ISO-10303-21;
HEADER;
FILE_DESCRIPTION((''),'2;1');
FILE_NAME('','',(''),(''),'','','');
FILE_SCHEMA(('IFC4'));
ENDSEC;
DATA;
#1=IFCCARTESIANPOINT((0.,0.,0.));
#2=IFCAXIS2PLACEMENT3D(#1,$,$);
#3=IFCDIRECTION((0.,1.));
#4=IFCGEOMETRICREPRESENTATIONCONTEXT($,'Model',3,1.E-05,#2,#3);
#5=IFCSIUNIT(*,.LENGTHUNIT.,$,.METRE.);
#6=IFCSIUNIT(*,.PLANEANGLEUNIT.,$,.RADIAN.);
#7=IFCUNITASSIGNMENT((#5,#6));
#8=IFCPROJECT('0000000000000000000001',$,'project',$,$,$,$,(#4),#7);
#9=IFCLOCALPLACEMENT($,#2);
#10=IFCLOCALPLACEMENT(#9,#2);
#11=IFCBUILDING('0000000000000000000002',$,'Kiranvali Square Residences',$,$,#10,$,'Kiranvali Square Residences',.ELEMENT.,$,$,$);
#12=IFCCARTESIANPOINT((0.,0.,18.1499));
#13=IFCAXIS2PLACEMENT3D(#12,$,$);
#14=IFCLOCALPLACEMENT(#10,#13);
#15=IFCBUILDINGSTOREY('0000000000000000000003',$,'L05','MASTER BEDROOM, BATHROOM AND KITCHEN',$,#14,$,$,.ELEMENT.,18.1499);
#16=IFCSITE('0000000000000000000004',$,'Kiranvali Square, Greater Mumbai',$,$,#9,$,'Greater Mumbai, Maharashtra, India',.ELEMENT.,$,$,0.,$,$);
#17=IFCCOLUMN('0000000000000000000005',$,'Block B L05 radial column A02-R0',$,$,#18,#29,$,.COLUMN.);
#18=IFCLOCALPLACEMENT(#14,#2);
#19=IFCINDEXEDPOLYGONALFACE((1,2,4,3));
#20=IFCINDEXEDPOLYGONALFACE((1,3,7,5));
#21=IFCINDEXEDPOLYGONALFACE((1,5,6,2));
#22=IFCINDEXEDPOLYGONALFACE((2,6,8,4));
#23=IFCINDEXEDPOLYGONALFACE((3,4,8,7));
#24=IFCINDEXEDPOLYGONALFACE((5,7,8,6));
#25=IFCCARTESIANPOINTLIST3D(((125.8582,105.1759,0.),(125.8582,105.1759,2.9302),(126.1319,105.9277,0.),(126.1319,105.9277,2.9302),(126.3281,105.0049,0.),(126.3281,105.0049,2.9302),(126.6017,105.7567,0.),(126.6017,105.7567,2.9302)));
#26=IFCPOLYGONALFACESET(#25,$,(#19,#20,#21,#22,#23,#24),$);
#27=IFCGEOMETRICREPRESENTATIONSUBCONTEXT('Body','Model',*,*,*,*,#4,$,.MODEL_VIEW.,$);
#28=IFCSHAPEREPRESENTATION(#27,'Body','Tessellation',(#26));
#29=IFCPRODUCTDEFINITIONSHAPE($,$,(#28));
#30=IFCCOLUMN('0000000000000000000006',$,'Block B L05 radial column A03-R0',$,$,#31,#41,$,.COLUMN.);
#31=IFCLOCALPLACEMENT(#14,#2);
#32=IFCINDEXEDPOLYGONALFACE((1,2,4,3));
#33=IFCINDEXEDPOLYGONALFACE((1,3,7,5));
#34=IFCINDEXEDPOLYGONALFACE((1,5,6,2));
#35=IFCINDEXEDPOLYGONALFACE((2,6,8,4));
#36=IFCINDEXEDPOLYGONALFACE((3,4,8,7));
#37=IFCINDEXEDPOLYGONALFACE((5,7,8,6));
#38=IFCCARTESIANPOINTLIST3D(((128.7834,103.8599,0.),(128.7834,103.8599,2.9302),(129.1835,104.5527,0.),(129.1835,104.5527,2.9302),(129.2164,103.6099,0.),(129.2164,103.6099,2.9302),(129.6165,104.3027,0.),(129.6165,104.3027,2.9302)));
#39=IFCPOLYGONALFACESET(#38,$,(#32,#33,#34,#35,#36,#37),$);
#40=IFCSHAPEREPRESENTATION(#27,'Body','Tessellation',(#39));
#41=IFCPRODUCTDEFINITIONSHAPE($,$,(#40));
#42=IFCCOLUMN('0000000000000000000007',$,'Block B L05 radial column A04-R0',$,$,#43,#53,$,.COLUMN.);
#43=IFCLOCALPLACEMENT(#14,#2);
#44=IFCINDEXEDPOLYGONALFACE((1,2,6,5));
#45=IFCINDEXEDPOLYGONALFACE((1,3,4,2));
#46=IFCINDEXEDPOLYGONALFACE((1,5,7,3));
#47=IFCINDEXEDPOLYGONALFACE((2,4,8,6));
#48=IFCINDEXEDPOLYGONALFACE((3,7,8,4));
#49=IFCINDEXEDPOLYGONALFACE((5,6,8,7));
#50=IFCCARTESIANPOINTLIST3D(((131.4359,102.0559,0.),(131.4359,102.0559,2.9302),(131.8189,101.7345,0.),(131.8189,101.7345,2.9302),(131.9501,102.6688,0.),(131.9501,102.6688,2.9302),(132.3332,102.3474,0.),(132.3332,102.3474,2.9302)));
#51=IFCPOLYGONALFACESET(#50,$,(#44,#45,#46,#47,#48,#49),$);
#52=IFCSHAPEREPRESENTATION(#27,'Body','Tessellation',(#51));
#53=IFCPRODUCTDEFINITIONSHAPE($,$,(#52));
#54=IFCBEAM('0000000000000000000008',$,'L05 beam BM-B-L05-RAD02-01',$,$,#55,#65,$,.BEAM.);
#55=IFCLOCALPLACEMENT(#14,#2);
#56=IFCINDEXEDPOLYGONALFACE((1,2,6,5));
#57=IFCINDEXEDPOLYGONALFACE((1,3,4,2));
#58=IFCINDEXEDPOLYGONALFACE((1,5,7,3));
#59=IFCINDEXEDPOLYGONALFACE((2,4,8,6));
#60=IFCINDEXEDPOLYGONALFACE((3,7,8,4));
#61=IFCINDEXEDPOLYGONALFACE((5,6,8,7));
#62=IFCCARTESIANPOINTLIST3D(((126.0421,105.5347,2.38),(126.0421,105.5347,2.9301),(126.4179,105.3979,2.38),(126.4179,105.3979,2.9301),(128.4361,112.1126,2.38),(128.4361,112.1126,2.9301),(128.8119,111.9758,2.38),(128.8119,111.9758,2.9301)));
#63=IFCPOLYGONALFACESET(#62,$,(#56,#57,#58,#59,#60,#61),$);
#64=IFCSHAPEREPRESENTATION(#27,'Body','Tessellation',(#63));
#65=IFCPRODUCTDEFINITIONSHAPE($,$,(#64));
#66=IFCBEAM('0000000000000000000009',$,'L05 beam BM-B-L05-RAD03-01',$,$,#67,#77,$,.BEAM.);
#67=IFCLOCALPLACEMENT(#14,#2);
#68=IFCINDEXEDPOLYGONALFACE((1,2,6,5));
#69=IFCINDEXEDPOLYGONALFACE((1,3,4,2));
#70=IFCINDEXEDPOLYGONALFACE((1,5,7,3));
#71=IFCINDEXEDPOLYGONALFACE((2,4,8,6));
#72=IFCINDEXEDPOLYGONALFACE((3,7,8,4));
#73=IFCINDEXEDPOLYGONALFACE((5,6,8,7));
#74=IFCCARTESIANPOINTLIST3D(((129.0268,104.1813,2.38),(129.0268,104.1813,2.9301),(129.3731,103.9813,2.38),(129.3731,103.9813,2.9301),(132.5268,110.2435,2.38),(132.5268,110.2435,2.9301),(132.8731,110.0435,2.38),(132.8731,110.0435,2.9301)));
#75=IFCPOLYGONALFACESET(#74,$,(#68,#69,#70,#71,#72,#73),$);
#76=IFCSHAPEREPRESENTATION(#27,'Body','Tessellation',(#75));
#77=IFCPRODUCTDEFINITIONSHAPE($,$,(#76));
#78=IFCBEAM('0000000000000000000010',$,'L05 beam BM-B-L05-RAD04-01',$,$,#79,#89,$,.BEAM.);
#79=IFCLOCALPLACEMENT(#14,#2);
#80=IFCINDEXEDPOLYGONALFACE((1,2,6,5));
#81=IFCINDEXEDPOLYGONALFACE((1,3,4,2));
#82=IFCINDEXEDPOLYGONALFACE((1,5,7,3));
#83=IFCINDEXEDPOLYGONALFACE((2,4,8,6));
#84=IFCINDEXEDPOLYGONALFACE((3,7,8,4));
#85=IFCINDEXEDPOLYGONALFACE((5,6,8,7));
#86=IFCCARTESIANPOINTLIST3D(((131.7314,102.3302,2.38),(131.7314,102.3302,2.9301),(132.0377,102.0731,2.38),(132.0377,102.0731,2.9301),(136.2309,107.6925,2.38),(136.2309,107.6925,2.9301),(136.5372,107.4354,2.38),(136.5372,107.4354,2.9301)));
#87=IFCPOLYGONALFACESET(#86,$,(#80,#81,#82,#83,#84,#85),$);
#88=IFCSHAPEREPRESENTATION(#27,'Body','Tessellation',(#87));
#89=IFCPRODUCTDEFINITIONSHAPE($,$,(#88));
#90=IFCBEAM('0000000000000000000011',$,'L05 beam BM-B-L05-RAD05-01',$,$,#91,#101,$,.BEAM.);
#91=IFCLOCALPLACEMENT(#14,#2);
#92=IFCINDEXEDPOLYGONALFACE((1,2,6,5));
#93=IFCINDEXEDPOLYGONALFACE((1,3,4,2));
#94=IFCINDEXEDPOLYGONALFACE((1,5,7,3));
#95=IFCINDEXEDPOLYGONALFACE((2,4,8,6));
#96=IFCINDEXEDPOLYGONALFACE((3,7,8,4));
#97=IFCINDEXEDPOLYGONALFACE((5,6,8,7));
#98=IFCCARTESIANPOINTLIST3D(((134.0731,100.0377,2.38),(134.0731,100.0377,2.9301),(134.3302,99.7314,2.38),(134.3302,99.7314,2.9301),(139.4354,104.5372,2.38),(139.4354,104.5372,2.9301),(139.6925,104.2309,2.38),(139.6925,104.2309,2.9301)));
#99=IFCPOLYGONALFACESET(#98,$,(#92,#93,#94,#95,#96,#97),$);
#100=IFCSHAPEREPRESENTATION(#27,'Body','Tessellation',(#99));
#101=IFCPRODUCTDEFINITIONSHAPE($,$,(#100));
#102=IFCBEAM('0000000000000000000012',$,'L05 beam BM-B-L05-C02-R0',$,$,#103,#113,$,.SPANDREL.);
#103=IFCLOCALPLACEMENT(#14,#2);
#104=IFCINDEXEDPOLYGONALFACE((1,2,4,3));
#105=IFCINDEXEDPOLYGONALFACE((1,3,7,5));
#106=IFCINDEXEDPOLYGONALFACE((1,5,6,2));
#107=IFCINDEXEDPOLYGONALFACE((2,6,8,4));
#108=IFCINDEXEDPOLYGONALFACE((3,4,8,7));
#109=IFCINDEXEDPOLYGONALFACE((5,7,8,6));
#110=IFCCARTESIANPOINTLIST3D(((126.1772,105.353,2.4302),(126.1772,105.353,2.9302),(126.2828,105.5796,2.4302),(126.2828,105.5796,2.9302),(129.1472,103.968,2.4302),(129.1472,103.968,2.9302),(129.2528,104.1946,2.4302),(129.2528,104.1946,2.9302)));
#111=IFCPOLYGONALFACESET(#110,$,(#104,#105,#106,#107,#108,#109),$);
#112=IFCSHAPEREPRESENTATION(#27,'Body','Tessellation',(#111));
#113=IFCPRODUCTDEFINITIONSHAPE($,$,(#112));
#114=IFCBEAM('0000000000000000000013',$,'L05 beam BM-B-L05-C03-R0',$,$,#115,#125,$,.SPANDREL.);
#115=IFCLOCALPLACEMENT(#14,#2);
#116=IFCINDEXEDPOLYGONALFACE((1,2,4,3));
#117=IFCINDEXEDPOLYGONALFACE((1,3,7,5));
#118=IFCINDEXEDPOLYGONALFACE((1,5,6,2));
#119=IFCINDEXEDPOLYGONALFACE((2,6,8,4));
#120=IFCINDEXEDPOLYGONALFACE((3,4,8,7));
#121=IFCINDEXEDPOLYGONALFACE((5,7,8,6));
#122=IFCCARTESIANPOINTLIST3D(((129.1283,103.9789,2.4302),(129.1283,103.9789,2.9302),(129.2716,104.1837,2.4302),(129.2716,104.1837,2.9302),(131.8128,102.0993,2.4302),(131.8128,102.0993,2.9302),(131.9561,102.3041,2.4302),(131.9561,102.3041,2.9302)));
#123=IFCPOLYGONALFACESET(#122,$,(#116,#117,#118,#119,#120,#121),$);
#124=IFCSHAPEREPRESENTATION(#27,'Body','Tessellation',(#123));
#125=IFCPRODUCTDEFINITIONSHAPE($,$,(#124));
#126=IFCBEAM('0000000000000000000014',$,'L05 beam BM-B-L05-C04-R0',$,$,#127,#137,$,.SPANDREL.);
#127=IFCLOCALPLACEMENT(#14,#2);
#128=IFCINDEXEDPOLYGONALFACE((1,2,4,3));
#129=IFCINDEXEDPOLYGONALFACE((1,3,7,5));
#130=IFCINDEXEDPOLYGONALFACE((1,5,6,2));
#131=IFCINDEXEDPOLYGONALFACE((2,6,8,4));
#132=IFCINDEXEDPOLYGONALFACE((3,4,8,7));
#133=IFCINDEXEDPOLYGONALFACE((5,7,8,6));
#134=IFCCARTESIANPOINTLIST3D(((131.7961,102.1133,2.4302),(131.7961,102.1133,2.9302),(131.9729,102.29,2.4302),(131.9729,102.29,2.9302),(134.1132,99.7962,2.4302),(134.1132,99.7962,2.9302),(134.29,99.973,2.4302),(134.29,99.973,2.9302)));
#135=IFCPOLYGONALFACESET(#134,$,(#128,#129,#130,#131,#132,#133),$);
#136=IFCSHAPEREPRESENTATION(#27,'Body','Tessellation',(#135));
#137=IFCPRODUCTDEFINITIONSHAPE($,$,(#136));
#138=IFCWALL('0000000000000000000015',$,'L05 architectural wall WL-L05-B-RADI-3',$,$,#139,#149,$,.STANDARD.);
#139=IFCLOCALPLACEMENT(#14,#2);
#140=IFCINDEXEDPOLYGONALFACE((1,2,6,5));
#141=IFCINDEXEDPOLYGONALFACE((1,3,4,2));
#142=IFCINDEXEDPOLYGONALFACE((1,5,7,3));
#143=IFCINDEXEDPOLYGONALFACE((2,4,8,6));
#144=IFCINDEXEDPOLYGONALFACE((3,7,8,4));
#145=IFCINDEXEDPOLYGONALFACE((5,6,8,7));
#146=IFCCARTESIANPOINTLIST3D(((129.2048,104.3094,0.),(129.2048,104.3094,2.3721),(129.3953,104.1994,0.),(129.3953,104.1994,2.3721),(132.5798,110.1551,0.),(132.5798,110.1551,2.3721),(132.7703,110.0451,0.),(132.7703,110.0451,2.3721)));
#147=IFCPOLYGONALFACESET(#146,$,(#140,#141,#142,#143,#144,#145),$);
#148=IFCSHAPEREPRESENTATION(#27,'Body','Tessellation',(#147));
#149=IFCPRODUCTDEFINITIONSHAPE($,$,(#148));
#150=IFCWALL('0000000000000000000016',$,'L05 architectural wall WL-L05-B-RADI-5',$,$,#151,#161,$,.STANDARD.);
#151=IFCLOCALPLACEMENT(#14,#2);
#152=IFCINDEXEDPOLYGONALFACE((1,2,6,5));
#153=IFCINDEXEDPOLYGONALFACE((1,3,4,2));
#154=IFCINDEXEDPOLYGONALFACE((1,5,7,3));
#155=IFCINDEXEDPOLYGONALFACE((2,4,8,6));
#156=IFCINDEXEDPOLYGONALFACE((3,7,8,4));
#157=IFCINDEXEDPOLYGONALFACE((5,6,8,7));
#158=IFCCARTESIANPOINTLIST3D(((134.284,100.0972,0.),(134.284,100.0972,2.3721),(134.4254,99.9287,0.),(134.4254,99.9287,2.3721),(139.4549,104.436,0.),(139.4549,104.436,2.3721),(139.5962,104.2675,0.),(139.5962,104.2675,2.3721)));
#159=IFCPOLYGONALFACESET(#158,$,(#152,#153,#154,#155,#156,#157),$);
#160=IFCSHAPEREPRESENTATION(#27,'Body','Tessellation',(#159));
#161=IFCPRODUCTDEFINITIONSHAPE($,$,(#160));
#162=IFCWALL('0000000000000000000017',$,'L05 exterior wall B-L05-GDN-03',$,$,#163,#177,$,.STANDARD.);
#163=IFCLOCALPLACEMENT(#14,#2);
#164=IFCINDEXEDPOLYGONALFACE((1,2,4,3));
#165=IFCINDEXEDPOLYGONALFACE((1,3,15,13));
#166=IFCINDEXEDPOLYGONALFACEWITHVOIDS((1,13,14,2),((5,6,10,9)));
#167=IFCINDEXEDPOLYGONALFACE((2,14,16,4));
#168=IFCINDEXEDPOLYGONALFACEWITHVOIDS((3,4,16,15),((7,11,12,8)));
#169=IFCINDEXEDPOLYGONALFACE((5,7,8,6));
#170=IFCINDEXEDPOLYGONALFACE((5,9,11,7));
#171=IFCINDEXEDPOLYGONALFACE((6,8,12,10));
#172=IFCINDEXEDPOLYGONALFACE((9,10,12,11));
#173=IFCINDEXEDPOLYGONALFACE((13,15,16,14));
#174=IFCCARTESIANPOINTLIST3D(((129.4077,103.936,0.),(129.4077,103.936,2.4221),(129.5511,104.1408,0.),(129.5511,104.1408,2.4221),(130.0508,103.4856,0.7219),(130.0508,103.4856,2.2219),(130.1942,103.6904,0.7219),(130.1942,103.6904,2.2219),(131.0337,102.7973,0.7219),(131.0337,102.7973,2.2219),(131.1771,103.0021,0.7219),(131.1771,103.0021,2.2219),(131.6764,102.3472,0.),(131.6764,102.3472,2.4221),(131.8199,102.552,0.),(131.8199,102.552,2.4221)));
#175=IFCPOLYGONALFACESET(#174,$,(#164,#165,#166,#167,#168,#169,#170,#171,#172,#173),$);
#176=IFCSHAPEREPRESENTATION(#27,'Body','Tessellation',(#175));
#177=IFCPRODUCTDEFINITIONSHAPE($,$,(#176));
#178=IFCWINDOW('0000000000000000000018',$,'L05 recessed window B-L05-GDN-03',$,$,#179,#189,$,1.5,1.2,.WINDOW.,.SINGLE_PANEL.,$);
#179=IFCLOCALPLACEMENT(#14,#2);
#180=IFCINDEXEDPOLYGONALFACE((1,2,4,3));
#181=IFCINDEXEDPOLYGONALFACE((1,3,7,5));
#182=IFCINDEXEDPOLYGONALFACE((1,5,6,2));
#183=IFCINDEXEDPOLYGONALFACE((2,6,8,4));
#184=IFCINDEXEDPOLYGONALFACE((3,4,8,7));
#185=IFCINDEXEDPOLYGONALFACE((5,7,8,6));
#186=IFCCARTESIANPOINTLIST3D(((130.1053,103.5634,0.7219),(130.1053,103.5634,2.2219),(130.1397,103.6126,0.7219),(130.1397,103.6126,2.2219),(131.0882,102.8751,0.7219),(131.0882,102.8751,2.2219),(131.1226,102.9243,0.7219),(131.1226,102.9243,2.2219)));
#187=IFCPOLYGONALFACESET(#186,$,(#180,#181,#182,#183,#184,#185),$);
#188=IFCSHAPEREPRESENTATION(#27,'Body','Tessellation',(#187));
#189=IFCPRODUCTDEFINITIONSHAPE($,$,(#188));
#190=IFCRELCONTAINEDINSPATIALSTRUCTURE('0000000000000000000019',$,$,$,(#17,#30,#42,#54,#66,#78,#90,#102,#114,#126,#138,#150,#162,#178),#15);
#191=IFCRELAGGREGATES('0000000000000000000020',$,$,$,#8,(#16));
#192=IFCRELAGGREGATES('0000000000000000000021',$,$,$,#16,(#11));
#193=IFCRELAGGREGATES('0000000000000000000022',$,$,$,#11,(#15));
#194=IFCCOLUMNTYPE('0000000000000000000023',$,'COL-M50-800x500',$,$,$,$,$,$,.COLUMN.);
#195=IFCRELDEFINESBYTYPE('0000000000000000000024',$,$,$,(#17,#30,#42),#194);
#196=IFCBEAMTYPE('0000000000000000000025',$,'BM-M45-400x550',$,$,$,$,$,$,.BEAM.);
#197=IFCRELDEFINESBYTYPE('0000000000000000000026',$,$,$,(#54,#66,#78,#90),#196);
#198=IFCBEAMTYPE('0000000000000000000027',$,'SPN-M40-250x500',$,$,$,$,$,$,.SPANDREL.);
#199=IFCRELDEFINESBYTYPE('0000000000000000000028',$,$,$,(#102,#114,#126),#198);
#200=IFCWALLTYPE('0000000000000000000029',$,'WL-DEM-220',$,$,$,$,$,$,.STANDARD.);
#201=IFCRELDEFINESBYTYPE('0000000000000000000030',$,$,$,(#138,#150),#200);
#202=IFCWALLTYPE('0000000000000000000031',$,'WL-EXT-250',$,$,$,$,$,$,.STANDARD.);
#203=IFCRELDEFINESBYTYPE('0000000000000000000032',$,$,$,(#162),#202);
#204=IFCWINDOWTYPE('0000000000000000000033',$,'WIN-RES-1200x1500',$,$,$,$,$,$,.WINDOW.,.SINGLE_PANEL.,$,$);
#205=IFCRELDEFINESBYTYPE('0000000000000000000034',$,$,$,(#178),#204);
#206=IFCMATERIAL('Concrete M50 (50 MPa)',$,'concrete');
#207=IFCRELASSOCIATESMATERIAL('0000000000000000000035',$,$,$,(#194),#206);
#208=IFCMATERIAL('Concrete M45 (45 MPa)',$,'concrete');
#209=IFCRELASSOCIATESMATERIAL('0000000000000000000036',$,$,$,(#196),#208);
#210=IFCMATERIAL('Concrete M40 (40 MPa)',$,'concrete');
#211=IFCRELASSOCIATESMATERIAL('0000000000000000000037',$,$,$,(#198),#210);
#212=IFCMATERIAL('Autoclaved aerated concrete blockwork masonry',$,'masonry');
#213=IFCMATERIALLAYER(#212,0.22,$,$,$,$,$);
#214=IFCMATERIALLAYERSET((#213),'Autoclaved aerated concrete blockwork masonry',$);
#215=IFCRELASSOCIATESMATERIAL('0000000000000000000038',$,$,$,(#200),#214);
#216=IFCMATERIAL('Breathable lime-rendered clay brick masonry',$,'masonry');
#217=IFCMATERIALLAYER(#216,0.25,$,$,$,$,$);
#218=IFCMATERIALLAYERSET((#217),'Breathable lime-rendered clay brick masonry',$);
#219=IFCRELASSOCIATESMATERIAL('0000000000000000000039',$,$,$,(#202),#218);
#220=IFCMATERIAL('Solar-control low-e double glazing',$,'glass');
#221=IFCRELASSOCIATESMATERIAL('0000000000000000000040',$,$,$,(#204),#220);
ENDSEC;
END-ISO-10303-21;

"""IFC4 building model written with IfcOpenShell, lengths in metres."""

from ifc_helpers import new_model, si_unit, direction, frame, frame_2d, origin, origin_2d, place, context, subcontext, project, spatial, rectangle, extrude, material, layer, layer_set, material_profile, profile_set, type_object, element, fill, save


model = new_model("IFC4")

# Units and contexts
model_context = context("Model", 3, precision=1e-05, world=origin(), true_north=direction((0.0, 1.0)))
body_context = subcontext(model_context, "Body", "Model", "MODEL_VIEW")
ifc_project = project(units=[si_unit("LENGTHUNIT", "METRE"), si_unit("PLANEANGLEUNIT", "RADIAN")], contexts=[model_context])

# Site, building, storey
site_placement = place(None, origin())
site = spatial("IfcSite", under=ifc_project, at=site_placement, Name="Kiranvali Square, Greater Mumbai", LongName="Greater Mumbai, Maharashtra, India", CompositionType="ELEMENT", RefElevation=0.0)
building_placement = place(site_placement, origin())
building = spatial("IfcBuilding", under=site, at=building_placement, Name="Kiranvali Square Residences", LongName="Kiranvali Square Residences", CompositionType="ELEMENT")
storey_placement = place(building_placement, frame((0.0, 0.0, 18.1499)))
storey = spatial("IfcBuildingStorey", under=building, at=storey_placement, Name="L05", Description="MASTER BEDROOM, BATHROOM AND KITCHEN", CompositionType="ELEMENT", Elevation=18.1499)

# Columns
ifc_material_1 = material(Name="Concrete M50 (50 MPa)", Category="concrete")
ifc_material_profile_1 = material_profile(ifc_material_1, rectangle(XDim=0.5, YDim=0.8, at=origin_2d()), Name="RC 800x500")
ifc_profile_set_1 = profile_set([ifc_material_profile_1], Name="Concrete M50 (50 MPa)")
column_type = type_object("IfcColumnType", Name="COL-M50-800x500", PredefinedType="COLUMN", material=ifc_profile_set_1)
for number, where, z_axis, x_axis, name in (
    (1, (126.23, 105.4663, 0.0), (0.0, 0.0, 1.0), (-0.939693, 0.34202, 0.0), "Block B L05 radial column A02-R0"),
    (2, (129.2, 104.0813, 0.0), (0.0, 0.0, 1.0), (-0.866025, 0.5, 0.0), "Block B L05 radial column A03-R0"),
    (3, (131.8845, 102.2017, 0.0), (0.0, 0.0, 1.0), (-0.766044, 0.642788, 0.0), "Block B L05 radial column A04-R0"),
):
    element("IfcColumn", number, at=place(storey_placement, frame(where, z_axis=z_axis, x_axis=x_axis)), inside=storey, type_object=column_type, Name=name, PredefinedType="COLUMN", context=body_context, shape_type="SweptSolid", body=[
        extrude(rectangle(XDim=0.5, YDim=0.8, at=origin_2d()), origin(), (0.0, 0.0, 1.0), 2.9302),
    ])

# Beams
ifc_material_2 = material(Name="Concrete M45 (45 MPa)", Category="concrete")
ifc_material_profile_2 = material_profile(ifc_material_2, rectangle(XDim=0.3999, YDim=0.55, at=origin_2d()), Name="RC 400x550")
ifc_profile_set_2 = profile_set([ifc_material_profile_2], Name="Concrete M45 (45 MPa)")
beam_type_1 = type_object("IfcBeamType", Name="BM-M45-400x550", PredefinedType="BEAM", material=ifc_profile_set_2)
for number, where, z_axis, x_axis, name in (
    (4, (126.23, 105.4663, 2.655), (0.342006, 0.939698, 0.0), (-0.939698, 0.342006, 0.0), "L05 beam BM-B-L05-RAD02-01"),
    (5, (129.2, 104.0813, 2.655), (0.499995, 0.866028, 0.0), (-0.866028, 0.499995, 0.0), "L05 beam BM-B-L05-RAD03-01"),
    (6, (131.8845, 102.2017, 2.655), (0.642788, 0.766044, 0.0), (-0.766044, 0.642788, 0.0), "L05 beam BM-B-L05-RAD04-01"),
    (7, (134.2017, 99.8845, 2.655), (0.766044, 0.642788, 0.0), (-0.642788, 0.766044, 0.0), "L05 beam BM-B-L05-RAD05-01"),
):
    element("IfcBeam", number, at=place(storey_placement, frame(where, z_axis=z_axis, x_axis=x_axis)), inside=storey, type_object=beam_type_1, Name=name, PredefinedType="BEAM", context=body_context, shape_type="SweptSolid", body=[
        extrude(rectangle(XDim=0.3999, YDim=0.55, at=origin_2d()), origin(), (0.0, 0.0, 1.0), 7.0),
    ])
ifc_material_3 = material(Name="Concrete M40 (40 MPa)", Category="concrete")
ifc_material_profile_3 = material_profile(ifc_material_3, rectangle(XDim=0.25, YDim=0.5, at=origin_2d()), Name="RC 250x500")
ifc_profile_set_3 = profile_set([ifc_material_profile_3], Name="Concrete M40 (40 MPa)")
beam_type_2 = type_object("IfcBeamType", Name="SPN-M40-250x500", PredefinedType="SPANDREL", material=ifc_profile_set_3)
for number, where, z_axis, x_axis, name in (
    (8, (126.23, 105.4663, 2.6802), (0.906297, -0.422641, 0.0), (0.422641, 0.906297, 0.0), "L05 beam BM-B-L05-C02-R0"),
    (9, (129.2, 104.0813, 2.6802), (0.819169, -0.573552, 0.0), (0.573552, 0.819169, 0.0), "L05 beam BM-B-L05-C03-R0"),
):
    element("IfcBeam", number, at=place(storey_placement, frame(where, z_axis=z_axis, x_axis=x_axis)), inside=storey, type_object=beam_type_2, Name=name, PredefinedType="SPANDREL", context=body_context, shape_type="SweptSolid", body=[
        extrude(rectangle(XDim=0.25, YDim=0.5, at=origin_2d()), origin(), (0.0, 0.0, 1.0), 3.2771),
    ])
beam_placement = place(storey_placement, frame((131.8845, 102.2017, 2.6802), z_axis=(0.707107, -0.707107, 0.0), x_axis=(0.707107, 0.707107, 0.0)))
element("IfcBeam", 10, at=beam_placement, inside=storey, type_object=beam_type_2, Name="L05 beam BM-B-L05-C04-R0", PredefinedType="SPANDREL", context=body_context, shape_type="SweptSolid", body=[
    extrude(rectangle(XDim=0.25, YDim=0.5, at=origin_2d()), origin(), (0.0, 0.0, 1.0), 3.2769),
])

# Walls
ifc_material_4 = material(Name="Autoclaved aerated concrete blockwork masonry", Category="masonry")
ifc_layer_1 = layer(ifc_material_4, 0.22)
ifc_layer_set_1 = layer_set([ifc_layer_1], Name="Autoclaved aerated concrete blockwork masonry")
wall_type_1 = type_object("IfcWallType", Name="WL-DEM-220", PredefinedType="STANDARD", material=ifc_layer_set_1)
for number, where, z_axis, x_axis, name in (
    (11, (129.3, 104.2544, 0.0), (0.0, 0.0, 1.0), (0.499998, 0.866027, 0.0), "L05 architectural wall WL-L05-B-RADI-3"),
    (12, (134.3547, 100.0129, 0.0), (0.0, 0.0, 1.0), (0.766047, 0.642785, 0.0), "L05 architectural wall WL-L05-B-RADI-5"),
):
    element("IfcWall", number, at=place(storey_placement, frame(where, z_axis=z_axis, x_axis=x_axis)), inside=storey, type_object=wall_type_1, Name=name, PredefinedType="STANDARD", context=body_context, shape_type="SweptSolid", body=[
        extrude(rectangle(XDim=6.75, YDim=0.22, at=frame_2d((3.375, 0.0))), origin(), (0.0, 0.0, 1.0), 2.3721),
    ])

# Shared definitions
ifc_material_5 = material(Name="Breathable lime-rendered clay brick masonry", Category="masonry")
ifc_layer_2 = layer(ifc_material_5, 0.25)
ifc_layer_set_2 = layer_set([ifc_layer_2], Name="Breathable lime-rendered clay brick masonry")
wall_type_2 = type_object("IfcWallType", Name="WL-EXT-250", PredefinedType="STANDARD", material=ifc_layer_set_2)

# Wall, opening, window
wall_1_placement = place(storey_placement, frame((129.4795, 104.0383, 0.0), z_axis=(0.0, 0.0, 1.0), x_axis=(0.819112, -0.573634, 0.0)))
wall_1 = element("IfcWall", 13, at=wall_1_placement, inside=storey, type_object=wall_type_2, Name="L05 exterior wall B-L05-GDN-03", PredefinedType="STANDARD", context=body_context, shape_type="SweptSolid", body=[
    extrude(rectangle(XDim=2.7698, YDim=0.25, at=frame_2d((1.3848, 0.0))), origin(), (0.0, 0.0, 1.0), 2.4221),
])
opening_1_placement = place(wall_1_placement, frame((0.7849, 0.0, 0.7219)))
opening_1 = element("IfcOpeningElement", 14, at=opening_1_placement, cuts=wall_1, PredefinedType="OPENING", context=body_context, shape_type="SweptSolid", body=[
    extrude(rectangle(XDim=1.2, YDim=1.5, at=frame_2d((0.6001, 0.75))), frame((0.0, 0.135, 0.0), z_axis=(0.0, -1.0, 0.0), x_axis=(1.0, 0.0, 0.0)), (0.0, 0.0, 1.0), 0.27),
])
ifc_material_6 = material(Name="Solar-control low-e double glazing", Category="glass")
window_type_1 = type_object("IfcWindowType", Name="WIN-RES-1200x1500", PartitioningType="SINGLE_PANEL", PredefinedType="WINDOW", material=ifc_material_6)
window_1_placement = place(opening_1_placement, origin())
window_1 = element("IfcWindow", 15, at=window_1_placement, inside=storey, type_object=window_type_1, Name="L05 recessed window B-L05-GDN-03", OverallHeight=1.5, OverallWidth=1.2, PartitioningType="SINGLE_PANEL", PredefinedType="WINDOW", context=body_context, shape_type="SweptSolid", body=[
    extrude(rectangle(XDim=1.2, YDim=1.5, at=frame_2d((0.6001, 0.75))), frame((0.0, 0.03, 0.0), z_axis=(0.0, -1.0, 0.0), x_axis=(1.0, 0.0, 0.0)), (0.0, 0.0, 1.0), 0.0601),
])
fill(opening_1, window_1)

save(model, "model.ifc")
